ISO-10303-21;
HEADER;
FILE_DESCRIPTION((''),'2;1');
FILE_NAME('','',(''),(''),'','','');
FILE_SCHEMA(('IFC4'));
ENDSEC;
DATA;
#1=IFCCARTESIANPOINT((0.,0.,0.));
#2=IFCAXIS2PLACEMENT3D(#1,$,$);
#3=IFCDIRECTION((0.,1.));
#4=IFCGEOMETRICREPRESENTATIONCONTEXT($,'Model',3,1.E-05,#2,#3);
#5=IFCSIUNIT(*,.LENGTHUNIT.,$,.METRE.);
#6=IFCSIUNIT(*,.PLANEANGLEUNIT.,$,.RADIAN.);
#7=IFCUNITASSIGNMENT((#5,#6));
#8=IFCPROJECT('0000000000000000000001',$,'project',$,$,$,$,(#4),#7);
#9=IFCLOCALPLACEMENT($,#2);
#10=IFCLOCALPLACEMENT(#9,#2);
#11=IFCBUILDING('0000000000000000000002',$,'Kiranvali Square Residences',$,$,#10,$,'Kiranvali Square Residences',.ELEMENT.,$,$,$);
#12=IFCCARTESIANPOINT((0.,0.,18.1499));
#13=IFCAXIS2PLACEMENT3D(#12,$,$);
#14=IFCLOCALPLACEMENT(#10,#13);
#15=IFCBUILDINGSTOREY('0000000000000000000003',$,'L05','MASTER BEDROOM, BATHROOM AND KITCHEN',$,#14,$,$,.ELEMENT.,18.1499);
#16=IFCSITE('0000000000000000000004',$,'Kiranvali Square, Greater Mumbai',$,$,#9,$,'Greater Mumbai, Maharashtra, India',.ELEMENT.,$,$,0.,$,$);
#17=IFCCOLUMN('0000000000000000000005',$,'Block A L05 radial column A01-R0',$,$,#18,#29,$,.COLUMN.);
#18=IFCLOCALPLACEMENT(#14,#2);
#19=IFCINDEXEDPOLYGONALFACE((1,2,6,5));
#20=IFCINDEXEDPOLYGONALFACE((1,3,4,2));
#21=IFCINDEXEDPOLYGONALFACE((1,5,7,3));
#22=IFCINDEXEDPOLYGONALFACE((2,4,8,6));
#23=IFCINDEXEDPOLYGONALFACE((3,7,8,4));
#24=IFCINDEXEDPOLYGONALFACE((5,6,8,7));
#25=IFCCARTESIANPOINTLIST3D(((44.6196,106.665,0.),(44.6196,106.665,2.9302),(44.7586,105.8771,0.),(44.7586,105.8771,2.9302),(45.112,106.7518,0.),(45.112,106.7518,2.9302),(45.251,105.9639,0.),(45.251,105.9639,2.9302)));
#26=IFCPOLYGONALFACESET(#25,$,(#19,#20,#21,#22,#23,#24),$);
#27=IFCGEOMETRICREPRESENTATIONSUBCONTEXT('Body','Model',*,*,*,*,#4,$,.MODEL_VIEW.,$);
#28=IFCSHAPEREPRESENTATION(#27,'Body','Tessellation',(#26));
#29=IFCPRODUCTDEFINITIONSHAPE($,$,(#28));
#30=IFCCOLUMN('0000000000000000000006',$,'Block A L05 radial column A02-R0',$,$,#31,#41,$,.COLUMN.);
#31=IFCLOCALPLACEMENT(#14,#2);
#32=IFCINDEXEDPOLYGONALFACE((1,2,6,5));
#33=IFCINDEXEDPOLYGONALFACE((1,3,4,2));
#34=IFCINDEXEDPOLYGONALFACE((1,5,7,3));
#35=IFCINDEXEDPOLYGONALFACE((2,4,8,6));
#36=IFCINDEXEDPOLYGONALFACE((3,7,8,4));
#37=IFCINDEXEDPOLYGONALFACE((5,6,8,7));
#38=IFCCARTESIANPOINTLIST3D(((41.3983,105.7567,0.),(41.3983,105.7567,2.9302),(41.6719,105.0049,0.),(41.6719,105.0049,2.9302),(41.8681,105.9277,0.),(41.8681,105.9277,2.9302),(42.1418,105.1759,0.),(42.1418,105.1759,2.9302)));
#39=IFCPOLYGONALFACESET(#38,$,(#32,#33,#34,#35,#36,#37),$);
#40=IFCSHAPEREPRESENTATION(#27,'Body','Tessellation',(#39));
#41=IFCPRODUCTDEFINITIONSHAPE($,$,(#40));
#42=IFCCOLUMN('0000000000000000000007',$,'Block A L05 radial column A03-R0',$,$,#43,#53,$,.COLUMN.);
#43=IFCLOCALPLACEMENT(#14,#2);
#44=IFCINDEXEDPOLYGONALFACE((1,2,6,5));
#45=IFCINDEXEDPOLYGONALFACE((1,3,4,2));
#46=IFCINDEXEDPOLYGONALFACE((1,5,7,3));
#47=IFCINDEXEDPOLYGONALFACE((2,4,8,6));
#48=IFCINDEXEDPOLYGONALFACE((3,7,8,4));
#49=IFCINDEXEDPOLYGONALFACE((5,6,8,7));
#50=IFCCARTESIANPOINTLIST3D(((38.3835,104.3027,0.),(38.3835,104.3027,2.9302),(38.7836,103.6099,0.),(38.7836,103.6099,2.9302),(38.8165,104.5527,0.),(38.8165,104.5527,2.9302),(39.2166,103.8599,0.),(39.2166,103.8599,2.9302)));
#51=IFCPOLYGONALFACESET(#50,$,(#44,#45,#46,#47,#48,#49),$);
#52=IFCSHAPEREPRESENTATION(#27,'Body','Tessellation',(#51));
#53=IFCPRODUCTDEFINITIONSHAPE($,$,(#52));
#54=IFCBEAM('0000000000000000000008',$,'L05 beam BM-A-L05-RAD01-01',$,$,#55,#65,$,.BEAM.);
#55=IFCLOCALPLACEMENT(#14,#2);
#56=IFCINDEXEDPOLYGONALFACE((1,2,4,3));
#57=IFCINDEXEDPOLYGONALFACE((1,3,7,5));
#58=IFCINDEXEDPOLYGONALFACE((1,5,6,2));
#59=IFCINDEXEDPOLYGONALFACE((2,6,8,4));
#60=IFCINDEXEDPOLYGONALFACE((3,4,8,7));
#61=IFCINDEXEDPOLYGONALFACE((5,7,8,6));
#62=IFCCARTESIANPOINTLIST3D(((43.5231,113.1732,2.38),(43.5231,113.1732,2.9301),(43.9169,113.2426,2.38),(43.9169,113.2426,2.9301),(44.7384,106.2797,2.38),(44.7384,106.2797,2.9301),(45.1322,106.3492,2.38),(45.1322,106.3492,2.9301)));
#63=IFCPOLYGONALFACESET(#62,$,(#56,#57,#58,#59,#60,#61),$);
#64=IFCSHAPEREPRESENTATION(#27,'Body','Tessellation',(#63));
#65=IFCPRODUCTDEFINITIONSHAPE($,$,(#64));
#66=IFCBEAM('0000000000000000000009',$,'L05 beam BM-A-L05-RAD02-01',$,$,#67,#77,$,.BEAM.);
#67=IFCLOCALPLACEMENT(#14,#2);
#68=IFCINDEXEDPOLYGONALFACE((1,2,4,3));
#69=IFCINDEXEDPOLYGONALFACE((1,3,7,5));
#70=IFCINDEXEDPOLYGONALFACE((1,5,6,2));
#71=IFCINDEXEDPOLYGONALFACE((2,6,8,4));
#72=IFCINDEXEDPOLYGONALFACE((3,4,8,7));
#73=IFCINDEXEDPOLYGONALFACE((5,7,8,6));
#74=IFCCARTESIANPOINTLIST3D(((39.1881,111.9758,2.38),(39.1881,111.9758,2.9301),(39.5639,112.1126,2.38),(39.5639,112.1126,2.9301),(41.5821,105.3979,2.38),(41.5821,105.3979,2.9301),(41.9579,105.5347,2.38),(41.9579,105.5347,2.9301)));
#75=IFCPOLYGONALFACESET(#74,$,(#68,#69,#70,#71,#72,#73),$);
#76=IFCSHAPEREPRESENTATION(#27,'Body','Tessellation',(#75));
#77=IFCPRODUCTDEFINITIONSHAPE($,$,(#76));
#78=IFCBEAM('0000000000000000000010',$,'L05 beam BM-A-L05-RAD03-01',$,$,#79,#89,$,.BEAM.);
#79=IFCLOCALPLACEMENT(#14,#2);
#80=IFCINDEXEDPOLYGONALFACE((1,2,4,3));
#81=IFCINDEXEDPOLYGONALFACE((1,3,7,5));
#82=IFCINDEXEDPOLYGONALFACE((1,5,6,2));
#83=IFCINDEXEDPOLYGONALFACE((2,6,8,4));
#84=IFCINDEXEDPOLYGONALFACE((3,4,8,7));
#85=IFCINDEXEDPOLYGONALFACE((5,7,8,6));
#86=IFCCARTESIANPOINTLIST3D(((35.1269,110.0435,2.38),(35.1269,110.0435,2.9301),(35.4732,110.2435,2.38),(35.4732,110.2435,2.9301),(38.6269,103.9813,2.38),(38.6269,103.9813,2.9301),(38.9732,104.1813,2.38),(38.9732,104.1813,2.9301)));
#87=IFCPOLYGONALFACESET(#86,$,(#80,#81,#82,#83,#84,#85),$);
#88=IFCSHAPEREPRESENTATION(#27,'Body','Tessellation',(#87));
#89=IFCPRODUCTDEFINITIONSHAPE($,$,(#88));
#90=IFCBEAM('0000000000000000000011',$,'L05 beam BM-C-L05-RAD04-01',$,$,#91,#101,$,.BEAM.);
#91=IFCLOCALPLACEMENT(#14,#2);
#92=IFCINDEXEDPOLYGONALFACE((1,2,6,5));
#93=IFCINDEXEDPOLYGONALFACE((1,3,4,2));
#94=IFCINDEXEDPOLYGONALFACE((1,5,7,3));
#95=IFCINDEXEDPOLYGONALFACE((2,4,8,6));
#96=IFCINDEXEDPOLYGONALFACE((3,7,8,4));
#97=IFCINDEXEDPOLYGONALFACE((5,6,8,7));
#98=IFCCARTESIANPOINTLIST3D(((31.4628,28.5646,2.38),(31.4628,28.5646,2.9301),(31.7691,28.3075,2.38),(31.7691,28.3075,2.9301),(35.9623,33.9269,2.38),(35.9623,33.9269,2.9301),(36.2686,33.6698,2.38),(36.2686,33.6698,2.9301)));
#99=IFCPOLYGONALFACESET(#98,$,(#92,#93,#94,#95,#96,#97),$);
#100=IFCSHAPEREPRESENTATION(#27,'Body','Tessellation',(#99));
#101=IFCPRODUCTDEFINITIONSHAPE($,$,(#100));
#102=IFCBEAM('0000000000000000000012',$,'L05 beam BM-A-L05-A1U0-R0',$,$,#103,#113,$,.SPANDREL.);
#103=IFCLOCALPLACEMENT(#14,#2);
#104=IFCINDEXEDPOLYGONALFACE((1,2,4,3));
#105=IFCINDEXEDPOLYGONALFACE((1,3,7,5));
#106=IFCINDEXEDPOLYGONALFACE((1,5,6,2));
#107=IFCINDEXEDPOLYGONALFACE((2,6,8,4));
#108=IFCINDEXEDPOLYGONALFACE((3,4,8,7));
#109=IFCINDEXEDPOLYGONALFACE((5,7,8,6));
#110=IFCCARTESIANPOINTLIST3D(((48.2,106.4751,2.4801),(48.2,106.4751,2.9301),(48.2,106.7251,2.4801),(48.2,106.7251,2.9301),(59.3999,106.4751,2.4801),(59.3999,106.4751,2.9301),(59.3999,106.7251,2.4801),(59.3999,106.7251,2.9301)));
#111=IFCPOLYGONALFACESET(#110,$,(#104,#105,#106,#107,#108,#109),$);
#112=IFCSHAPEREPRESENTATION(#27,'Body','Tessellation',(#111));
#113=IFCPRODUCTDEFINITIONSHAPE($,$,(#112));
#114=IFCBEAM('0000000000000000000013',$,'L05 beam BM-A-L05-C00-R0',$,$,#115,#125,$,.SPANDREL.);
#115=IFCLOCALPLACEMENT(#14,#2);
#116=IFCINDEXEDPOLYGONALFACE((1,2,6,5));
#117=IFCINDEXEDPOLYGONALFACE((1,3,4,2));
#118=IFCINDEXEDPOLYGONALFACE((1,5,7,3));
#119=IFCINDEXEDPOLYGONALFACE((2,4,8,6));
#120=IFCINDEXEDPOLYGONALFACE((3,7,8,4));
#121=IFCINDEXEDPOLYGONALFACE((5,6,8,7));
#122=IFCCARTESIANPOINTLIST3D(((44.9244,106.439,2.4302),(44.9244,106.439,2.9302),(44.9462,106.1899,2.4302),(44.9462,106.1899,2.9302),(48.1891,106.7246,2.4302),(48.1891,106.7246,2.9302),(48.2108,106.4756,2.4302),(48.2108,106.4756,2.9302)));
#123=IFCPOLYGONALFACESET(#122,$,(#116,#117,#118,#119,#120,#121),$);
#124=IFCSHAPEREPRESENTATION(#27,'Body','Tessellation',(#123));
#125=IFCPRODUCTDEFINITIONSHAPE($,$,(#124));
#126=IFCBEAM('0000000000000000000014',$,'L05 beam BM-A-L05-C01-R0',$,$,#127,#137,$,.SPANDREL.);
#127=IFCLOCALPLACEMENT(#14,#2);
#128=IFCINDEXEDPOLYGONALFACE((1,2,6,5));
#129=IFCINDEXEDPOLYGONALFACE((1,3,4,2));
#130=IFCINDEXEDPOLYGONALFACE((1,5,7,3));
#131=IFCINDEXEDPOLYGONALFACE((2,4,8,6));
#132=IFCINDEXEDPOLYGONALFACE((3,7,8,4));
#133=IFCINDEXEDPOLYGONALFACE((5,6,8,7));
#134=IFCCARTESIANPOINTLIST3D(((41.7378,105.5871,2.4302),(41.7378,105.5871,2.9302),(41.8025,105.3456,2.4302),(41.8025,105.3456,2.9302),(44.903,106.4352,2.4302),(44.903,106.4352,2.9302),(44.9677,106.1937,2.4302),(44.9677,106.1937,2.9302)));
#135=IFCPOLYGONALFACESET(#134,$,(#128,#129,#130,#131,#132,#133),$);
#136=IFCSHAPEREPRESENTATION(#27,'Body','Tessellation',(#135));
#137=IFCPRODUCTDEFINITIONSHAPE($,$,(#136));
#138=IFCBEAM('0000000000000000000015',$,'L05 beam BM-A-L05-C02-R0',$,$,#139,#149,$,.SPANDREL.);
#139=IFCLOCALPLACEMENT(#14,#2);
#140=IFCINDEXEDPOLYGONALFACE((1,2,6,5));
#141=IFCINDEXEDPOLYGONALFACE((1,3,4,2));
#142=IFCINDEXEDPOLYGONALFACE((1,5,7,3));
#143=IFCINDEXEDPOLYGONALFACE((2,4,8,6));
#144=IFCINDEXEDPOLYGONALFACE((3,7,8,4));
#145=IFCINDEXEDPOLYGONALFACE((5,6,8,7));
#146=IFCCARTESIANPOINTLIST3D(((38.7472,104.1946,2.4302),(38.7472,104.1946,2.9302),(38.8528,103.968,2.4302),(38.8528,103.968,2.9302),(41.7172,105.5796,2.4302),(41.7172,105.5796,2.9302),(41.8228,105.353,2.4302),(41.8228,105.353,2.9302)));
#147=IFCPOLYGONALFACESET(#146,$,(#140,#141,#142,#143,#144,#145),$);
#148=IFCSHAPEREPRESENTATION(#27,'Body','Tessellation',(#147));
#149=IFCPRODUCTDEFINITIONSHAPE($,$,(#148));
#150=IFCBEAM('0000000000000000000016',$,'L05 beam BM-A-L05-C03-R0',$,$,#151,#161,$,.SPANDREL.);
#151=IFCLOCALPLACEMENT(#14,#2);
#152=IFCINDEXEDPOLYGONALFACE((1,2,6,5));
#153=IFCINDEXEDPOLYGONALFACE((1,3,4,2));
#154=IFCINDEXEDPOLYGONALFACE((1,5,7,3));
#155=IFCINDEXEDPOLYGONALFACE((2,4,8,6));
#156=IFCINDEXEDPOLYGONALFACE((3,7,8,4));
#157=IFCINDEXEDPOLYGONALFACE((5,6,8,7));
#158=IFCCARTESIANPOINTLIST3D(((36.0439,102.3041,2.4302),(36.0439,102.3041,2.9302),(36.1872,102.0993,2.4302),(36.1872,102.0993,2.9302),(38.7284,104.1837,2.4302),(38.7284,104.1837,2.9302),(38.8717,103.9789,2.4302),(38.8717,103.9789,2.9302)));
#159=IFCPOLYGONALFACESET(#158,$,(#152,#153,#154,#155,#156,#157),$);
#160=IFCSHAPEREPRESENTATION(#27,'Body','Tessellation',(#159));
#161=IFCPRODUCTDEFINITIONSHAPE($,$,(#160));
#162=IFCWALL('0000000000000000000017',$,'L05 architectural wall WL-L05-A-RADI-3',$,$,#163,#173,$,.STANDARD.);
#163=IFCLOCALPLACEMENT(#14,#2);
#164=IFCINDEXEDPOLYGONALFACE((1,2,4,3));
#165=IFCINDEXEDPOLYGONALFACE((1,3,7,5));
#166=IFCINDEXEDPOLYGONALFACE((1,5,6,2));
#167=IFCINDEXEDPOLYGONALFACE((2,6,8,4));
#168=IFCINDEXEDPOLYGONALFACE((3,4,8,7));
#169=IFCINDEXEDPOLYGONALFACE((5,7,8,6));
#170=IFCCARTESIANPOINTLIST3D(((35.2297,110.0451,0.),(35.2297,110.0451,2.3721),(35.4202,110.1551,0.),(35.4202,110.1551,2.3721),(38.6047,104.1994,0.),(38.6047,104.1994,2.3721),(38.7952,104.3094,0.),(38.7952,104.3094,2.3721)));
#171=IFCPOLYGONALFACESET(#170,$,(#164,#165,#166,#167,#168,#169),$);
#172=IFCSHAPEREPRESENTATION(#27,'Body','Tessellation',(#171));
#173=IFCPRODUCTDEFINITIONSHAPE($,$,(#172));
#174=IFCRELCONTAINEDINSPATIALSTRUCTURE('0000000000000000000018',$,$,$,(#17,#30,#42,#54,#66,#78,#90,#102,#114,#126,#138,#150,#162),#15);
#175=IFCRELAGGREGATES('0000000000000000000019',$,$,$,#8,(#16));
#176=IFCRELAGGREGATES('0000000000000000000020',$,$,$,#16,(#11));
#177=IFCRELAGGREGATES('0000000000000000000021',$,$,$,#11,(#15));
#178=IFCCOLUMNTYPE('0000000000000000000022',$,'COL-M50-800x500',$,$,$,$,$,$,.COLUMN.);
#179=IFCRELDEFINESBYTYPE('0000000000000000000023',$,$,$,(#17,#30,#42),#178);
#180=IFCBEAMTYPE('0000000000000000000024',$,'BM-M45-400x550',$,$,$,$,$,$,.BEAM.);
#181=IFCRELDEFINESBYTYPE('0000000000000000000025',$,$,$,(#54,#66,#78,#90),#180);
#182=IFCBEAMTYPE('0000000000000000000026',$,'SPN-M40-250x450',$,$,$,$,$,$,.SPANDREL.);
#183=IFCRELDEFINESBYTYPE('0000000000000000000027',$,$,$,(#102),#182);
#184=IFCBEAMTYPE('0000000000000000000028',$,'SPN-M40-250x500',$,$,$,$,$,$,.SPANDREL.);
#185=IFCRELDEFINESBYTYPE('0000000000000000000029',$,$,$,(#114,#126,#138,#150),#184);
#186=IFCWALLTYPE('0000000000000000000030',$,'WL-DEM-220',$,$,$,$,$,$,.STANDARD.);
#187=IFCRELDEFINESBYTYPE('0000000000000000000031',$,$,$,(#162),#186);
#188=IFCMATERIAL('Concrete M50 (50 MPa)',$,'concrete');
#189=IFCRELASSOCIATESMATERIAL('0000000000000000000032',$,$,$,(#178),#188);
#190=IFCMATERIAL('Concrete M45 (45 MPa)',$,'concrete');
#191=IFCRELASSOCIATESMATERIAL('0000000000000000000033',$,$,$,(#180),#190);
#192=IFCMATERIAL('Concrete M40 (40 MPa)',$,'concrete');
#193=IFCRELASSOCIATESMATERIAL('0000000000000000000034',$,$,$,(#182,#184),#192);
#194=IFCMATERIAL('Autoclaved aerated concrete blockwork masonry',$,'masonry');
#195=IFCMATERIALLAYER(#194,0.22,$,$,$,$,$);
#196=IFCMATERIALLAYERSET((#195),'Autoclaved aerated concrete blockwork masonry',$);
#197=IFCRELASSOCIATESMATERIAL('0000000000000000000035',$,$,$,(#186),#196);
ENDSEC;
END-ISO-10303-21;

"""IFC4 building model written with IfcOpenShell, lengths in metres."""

from ifc_helpers import new_model, si_unit, direction, frame, frame_2d, origin, origin_2d, place, context, subcontext, project, spatial, rectangle, extrude, material, layer, layer_set, material_profile, profile_set, type_object, element, save


model = new_model("IFC4")

# Units and contexts
model_context = context("Model", 3, precision=1e-05, world=origin(), true_north=direction((0.0, 1.0)))
body_context = subcontext(model_context, "Body", "Model", "MODEL_VIEW")
ifc_project = project(units=[si_unit("LENGTHUNIT", "METRE"), si_unit("PLANEANGLEUNIT", "RADIAN")], contexts=[model_context])

# Site, building, storey
site_placement = place(None, origin())
site = spatial("IfcSite", under=ifc_project, at=site_placement, Name="Kiranvali Square, Greater Mumbai", LongName="Greater Mumbai, Maharashtra, India", CompositionType="ELEMENT", RefElevation=0.0)
building_placement = place(site_placement, origin())
building = spatial("IfcBuilding", under=site, at=building_placement, Name="Kiranvali Square Residences", LongName="Kiranvali Square Residences", CompositionType="ELEMENT")
storey_placement = place(building_placement, frame((0.0, 0.0, 18.1499)))
storey = spatial("IfcBuildingStorey", under=building, at=storey_placement, Name="L05", Description="MASTER BEDROOM, BATHROOM AND KITCHEN", CompositionType="ELEMENT", Elevation=18.1499)

# Columns
ifc_material_1 = material(Name="Concrete M50 (50 MPa)", Category="concrete")
ifc_material_profile_1 = material_profile(ifc_material_1, rectangle(XDim=0.5, YDim=0.8, at=origin_2d()), Name="RC 800x500")
ifc_profile_set_1 = profile_set([ifc_material_profile_1], Name="Concrete M50 (50 MPa)")
column_type = type_object("IfcColumnType", Name="COL-M50-800x500", PredefinedType="COLUMN", material=ifc_profile_set_1)
for number, where, z_axis, x_axis, name in (
    (1, (44.9353, 106.3145, 0.0), (0.0, 0.0, 1.0), (0.984808, 0.173648, 0.0), "Block A L05 radial column A01-R0"),
    (2, (41.77, 105.4663, 0.0), (0.0, 0.0, 1.0), (0.939693, 0.34202, 0.0), "Block A L05 radial column A02-R0"),
    (3, (38.8, 104.0813, 0.0), (0.0, 0.0, 1.0), (0.866025, 0.5, 0.0), "Block A L05 radial column A03-R0"),
):
    element("IfcColumn", number, at=place(storey_placement, frame(where, z_axis=z_axis, x_axis=x_axis)), inside=storey, type_object=column_type, Name=name, PredefinedType="COLUMN", context=body_context, shape_type="SweptSolid", body=[
        extrude(rectangle(XDim=0.5, YDim=0.8, at=origin_2d()), origin(), (0.0, 0.0, 1.0), 2.9302),
    ])

# Beams
ifc_material_2 = material(Name="Concrete M45 (45 MPa)", Category="concrete")
ifc_material_profile_2 = material_profile(ifc_material_2, rectangle(XDim=0.3999, YDim=0.55, at=origin_2d()), Name="RC 400x550")
ifc_profile_set_2 = profile_set([ifc_material_profile_2], Name="Concrete M45 (45 MPa)")
beam_type_1 = type_object("IfcBeamType", Name="BM-M45-400x550", PredefinedType="BEAM", material=ifc_profile_set_2)
beam_1_placement = place(storey_placement, frame((44.9353, 106.3145, 2.655), z_axis=(-0.173622, 0.984812, 0.0), x_axis=(-0.984812, -0.173622, 0.0)))
element("IfcBeam", 4, at=beam_1_placement, inside=storey, type_object=beam_type_1, Name="L05 beam BM-A-L05-RAD01-01", PredefinedType="BEAM", context=body_context, shape_type="SweptSolid", body=[
    extrude(rectangle(XDim=0.3999, YDim=0.55, at=origin_2d()), origin(), (0.0, 0.0, 1.0), 6.9998),
])
for number, where, z_axis, x_axis, name in (
    (5, (41.77, 105.4663, 2.655), (-0.342006, 0.939698, 0.0), (-0.939698, -0.342006, 0.0), "L05 beam BM-A-L05-RAD02-01"),
    (6, (38.8, 104.0813, 2.655), (-0.499995, 0.866028, 0.0), (-0.866028, -0.499995, 0.0), "L05 beam BM-A-L05-RAD03-01"),
    (7, (36.1155, 33.7983, 2.655), (-0.642788, -0.766044, 0.0), (0.766044, -0.642788, 0.0), "L05 beam BM-C-L05-RAD04-01"),
):
    element("IfcBeam", number, at=place(storey_placement, frame(where, z_axis=z_axis, x_axis=x_axis)), inside=storey, type_object=beam_type_1, Name=name, PredefinedType="BEAM", context=body_context, shape_type="SweptSolid", body=[
        extrude(rectangle(XDim=0.3999, YDim=0.55, at=origin_2d()), origin(), (0.0, 0.0, 1.0), 7.0),
    ])
ifc_material_3 = material(Name="Concrete M40 (40 MPa)", Category="concrete")
ifc_material_profile_3 = material_profile(ifc_material_3, rectangle(XDim=0.25, YDim=0.45, at=origin_2d()), Name="RC 250x450")
ifc_profile_set_3 = profile_set([ifc_material_profile_3], Name="Concrete M40 (40 MPa)")
beam_type_2 = type_object("IfcBeamType", Name="SPN-M40-250x450", PredefinedType="SPANDREL", material=ifc_profile_set_3)
beam_2_placement = place(storey_placement, frame((48.2, 106.6001, 2.7051), z_axis=(1.0, 0.0, 0.0), x_axis=(0.0, 1.0, 0.0)))
element("IfcBeam", 8, at=beam_2_placement, inside=storey, type_object=beam_type_2, Name="L05 beam BM-A-L05-A1U0-R0", PredefinedType="SPANDREL", context=body_context, shape_type="SweptSolid", body=[
    extrude(rectangle(XDim=0.25, YDim=0.45, at=origin_2d()), origin(), (0.0, 0.0, 1.0), 11.2),
])
ifc_material_profile_4 = material_profile(ifc_material_3, rectangle(XDim=0.25, YDim=0.5, at=origin_2d()), Name="RC 250x500")
ifc_profile_set_4 = profile_set([ifc_material_profile_4], Name="Concrete M40 (40 MPa)")
beam_type_3 = type_object("IfcBeamType", Name="SPN-M40-250x500", PredefinedType="SPANDREL", material=ifc_profile_set_4)
beam_3_placement = place(storey_placement, frame((48.2, 106.6001, 2.6802), z_axis=(-0.996194, -0.087163, 0.0), x_axis=(0.087163, -0.996194, 0.0)))
element("IfcBeam", 9, at=beam_3_placement, inside=storey, type_object=beam_type_3, Name="L05 beam BM-A-L05-C00-R0", PredefinedType="SPANDREL", context=body_context, shape_type="SweptSolid", body=[
    extrude(rectangle(XDim=0.25, YDim=0.5, at=origin_2d()), origin(), (0.0, 0.0, 1.0), 3.2771),
])
beam_4_placement = place(storey_placement, frame((44.9353, 106.3145, 2.6802), z_axis=(-0.965925, -0.258822, 0.0), x_axis=(0.258822, -0.965925, 0.0)))
element("IfcBeam", 10, at=beam_4_placement, inside=storey, type_object=beam_type_3, Name="L05 beam BM-A-L05-C01-R0", PredefinedType="SPANDREL", context=body_context, shape_type="SweptSolid", body=[
    extrude(rectangle(XDim=0.25, YDim=0.5, at=origin_2d()), origin(), (0.0, 0.0, 1.0), 3.2769),
])
for number, where, z_axis, x_axis, name in (
    (11, (41.77, 105.4663, 2.6802), (-0.906297, -0.422641, 0.0), (0.422641, -0.906297, 0.0), "L05 beam BM-A-L05-C02-R0"),
    (12, (38.8, 104.0813, 2.6802), (-0.819169, -0.573552, 0.0), (0.573552, -0.819169, 0.0), "L05 beam BM-A-L05-C03-R0"),
):
    element("IfcBeam", number, at=place(storey_placement, frame(where, z_axis=z_axis, x_axis=x_axis)), inside=storey, type_object=beam_type_3, Name=name, PredefinedType="SPANDREL", context=body_context, shape_type="SweptSolid", body=[
        extrude(rectangle(XDim=0.25, YDim=0.5, at=origin_2d()), origin(), (0.0, 0.0, 1.0), 3.2771),
    ])

# Wall
ifc_material_4 = material(Name="Autoclaved aerated concrete blockwork masonry", Category="masonry")
ifc_layer_1 = layer(ifc_material_4, 0.22)
ifc_layer_set_1 = layer_set([ifc_layer_1], Name="Autoclaved aerated concrete blockwork masonry")
wall_type_1 = type_object("IfcWallType", Name="WL-DEM-220", PredefinedType="STANDARD", material=ifc_layer_set_1)
wall_1_placement = place(storey_placement, frame((38.7, 104.2544, 0.0), z_axis=(0.0, 0.0, 1.0), x_axis=(-0.499998, 0.866027, 0.0)))
element("IfcWall", 13, at=wall_1_placement, inside=storey, type_object=wall_type_1, Name="L05 architectural wall WL-L05-A-RADI-3", PredefinedType="STANDARD", context=body_context, shape_type="SweptSolid", body=[
    extrude(rectangle(XDim=6.75, YDim=0.22, at=frame_2d((3.375, 0.0))), origin(), (0.0, 0.0, 1.0), 2.3721),
])

save(model, "model.ifc")
